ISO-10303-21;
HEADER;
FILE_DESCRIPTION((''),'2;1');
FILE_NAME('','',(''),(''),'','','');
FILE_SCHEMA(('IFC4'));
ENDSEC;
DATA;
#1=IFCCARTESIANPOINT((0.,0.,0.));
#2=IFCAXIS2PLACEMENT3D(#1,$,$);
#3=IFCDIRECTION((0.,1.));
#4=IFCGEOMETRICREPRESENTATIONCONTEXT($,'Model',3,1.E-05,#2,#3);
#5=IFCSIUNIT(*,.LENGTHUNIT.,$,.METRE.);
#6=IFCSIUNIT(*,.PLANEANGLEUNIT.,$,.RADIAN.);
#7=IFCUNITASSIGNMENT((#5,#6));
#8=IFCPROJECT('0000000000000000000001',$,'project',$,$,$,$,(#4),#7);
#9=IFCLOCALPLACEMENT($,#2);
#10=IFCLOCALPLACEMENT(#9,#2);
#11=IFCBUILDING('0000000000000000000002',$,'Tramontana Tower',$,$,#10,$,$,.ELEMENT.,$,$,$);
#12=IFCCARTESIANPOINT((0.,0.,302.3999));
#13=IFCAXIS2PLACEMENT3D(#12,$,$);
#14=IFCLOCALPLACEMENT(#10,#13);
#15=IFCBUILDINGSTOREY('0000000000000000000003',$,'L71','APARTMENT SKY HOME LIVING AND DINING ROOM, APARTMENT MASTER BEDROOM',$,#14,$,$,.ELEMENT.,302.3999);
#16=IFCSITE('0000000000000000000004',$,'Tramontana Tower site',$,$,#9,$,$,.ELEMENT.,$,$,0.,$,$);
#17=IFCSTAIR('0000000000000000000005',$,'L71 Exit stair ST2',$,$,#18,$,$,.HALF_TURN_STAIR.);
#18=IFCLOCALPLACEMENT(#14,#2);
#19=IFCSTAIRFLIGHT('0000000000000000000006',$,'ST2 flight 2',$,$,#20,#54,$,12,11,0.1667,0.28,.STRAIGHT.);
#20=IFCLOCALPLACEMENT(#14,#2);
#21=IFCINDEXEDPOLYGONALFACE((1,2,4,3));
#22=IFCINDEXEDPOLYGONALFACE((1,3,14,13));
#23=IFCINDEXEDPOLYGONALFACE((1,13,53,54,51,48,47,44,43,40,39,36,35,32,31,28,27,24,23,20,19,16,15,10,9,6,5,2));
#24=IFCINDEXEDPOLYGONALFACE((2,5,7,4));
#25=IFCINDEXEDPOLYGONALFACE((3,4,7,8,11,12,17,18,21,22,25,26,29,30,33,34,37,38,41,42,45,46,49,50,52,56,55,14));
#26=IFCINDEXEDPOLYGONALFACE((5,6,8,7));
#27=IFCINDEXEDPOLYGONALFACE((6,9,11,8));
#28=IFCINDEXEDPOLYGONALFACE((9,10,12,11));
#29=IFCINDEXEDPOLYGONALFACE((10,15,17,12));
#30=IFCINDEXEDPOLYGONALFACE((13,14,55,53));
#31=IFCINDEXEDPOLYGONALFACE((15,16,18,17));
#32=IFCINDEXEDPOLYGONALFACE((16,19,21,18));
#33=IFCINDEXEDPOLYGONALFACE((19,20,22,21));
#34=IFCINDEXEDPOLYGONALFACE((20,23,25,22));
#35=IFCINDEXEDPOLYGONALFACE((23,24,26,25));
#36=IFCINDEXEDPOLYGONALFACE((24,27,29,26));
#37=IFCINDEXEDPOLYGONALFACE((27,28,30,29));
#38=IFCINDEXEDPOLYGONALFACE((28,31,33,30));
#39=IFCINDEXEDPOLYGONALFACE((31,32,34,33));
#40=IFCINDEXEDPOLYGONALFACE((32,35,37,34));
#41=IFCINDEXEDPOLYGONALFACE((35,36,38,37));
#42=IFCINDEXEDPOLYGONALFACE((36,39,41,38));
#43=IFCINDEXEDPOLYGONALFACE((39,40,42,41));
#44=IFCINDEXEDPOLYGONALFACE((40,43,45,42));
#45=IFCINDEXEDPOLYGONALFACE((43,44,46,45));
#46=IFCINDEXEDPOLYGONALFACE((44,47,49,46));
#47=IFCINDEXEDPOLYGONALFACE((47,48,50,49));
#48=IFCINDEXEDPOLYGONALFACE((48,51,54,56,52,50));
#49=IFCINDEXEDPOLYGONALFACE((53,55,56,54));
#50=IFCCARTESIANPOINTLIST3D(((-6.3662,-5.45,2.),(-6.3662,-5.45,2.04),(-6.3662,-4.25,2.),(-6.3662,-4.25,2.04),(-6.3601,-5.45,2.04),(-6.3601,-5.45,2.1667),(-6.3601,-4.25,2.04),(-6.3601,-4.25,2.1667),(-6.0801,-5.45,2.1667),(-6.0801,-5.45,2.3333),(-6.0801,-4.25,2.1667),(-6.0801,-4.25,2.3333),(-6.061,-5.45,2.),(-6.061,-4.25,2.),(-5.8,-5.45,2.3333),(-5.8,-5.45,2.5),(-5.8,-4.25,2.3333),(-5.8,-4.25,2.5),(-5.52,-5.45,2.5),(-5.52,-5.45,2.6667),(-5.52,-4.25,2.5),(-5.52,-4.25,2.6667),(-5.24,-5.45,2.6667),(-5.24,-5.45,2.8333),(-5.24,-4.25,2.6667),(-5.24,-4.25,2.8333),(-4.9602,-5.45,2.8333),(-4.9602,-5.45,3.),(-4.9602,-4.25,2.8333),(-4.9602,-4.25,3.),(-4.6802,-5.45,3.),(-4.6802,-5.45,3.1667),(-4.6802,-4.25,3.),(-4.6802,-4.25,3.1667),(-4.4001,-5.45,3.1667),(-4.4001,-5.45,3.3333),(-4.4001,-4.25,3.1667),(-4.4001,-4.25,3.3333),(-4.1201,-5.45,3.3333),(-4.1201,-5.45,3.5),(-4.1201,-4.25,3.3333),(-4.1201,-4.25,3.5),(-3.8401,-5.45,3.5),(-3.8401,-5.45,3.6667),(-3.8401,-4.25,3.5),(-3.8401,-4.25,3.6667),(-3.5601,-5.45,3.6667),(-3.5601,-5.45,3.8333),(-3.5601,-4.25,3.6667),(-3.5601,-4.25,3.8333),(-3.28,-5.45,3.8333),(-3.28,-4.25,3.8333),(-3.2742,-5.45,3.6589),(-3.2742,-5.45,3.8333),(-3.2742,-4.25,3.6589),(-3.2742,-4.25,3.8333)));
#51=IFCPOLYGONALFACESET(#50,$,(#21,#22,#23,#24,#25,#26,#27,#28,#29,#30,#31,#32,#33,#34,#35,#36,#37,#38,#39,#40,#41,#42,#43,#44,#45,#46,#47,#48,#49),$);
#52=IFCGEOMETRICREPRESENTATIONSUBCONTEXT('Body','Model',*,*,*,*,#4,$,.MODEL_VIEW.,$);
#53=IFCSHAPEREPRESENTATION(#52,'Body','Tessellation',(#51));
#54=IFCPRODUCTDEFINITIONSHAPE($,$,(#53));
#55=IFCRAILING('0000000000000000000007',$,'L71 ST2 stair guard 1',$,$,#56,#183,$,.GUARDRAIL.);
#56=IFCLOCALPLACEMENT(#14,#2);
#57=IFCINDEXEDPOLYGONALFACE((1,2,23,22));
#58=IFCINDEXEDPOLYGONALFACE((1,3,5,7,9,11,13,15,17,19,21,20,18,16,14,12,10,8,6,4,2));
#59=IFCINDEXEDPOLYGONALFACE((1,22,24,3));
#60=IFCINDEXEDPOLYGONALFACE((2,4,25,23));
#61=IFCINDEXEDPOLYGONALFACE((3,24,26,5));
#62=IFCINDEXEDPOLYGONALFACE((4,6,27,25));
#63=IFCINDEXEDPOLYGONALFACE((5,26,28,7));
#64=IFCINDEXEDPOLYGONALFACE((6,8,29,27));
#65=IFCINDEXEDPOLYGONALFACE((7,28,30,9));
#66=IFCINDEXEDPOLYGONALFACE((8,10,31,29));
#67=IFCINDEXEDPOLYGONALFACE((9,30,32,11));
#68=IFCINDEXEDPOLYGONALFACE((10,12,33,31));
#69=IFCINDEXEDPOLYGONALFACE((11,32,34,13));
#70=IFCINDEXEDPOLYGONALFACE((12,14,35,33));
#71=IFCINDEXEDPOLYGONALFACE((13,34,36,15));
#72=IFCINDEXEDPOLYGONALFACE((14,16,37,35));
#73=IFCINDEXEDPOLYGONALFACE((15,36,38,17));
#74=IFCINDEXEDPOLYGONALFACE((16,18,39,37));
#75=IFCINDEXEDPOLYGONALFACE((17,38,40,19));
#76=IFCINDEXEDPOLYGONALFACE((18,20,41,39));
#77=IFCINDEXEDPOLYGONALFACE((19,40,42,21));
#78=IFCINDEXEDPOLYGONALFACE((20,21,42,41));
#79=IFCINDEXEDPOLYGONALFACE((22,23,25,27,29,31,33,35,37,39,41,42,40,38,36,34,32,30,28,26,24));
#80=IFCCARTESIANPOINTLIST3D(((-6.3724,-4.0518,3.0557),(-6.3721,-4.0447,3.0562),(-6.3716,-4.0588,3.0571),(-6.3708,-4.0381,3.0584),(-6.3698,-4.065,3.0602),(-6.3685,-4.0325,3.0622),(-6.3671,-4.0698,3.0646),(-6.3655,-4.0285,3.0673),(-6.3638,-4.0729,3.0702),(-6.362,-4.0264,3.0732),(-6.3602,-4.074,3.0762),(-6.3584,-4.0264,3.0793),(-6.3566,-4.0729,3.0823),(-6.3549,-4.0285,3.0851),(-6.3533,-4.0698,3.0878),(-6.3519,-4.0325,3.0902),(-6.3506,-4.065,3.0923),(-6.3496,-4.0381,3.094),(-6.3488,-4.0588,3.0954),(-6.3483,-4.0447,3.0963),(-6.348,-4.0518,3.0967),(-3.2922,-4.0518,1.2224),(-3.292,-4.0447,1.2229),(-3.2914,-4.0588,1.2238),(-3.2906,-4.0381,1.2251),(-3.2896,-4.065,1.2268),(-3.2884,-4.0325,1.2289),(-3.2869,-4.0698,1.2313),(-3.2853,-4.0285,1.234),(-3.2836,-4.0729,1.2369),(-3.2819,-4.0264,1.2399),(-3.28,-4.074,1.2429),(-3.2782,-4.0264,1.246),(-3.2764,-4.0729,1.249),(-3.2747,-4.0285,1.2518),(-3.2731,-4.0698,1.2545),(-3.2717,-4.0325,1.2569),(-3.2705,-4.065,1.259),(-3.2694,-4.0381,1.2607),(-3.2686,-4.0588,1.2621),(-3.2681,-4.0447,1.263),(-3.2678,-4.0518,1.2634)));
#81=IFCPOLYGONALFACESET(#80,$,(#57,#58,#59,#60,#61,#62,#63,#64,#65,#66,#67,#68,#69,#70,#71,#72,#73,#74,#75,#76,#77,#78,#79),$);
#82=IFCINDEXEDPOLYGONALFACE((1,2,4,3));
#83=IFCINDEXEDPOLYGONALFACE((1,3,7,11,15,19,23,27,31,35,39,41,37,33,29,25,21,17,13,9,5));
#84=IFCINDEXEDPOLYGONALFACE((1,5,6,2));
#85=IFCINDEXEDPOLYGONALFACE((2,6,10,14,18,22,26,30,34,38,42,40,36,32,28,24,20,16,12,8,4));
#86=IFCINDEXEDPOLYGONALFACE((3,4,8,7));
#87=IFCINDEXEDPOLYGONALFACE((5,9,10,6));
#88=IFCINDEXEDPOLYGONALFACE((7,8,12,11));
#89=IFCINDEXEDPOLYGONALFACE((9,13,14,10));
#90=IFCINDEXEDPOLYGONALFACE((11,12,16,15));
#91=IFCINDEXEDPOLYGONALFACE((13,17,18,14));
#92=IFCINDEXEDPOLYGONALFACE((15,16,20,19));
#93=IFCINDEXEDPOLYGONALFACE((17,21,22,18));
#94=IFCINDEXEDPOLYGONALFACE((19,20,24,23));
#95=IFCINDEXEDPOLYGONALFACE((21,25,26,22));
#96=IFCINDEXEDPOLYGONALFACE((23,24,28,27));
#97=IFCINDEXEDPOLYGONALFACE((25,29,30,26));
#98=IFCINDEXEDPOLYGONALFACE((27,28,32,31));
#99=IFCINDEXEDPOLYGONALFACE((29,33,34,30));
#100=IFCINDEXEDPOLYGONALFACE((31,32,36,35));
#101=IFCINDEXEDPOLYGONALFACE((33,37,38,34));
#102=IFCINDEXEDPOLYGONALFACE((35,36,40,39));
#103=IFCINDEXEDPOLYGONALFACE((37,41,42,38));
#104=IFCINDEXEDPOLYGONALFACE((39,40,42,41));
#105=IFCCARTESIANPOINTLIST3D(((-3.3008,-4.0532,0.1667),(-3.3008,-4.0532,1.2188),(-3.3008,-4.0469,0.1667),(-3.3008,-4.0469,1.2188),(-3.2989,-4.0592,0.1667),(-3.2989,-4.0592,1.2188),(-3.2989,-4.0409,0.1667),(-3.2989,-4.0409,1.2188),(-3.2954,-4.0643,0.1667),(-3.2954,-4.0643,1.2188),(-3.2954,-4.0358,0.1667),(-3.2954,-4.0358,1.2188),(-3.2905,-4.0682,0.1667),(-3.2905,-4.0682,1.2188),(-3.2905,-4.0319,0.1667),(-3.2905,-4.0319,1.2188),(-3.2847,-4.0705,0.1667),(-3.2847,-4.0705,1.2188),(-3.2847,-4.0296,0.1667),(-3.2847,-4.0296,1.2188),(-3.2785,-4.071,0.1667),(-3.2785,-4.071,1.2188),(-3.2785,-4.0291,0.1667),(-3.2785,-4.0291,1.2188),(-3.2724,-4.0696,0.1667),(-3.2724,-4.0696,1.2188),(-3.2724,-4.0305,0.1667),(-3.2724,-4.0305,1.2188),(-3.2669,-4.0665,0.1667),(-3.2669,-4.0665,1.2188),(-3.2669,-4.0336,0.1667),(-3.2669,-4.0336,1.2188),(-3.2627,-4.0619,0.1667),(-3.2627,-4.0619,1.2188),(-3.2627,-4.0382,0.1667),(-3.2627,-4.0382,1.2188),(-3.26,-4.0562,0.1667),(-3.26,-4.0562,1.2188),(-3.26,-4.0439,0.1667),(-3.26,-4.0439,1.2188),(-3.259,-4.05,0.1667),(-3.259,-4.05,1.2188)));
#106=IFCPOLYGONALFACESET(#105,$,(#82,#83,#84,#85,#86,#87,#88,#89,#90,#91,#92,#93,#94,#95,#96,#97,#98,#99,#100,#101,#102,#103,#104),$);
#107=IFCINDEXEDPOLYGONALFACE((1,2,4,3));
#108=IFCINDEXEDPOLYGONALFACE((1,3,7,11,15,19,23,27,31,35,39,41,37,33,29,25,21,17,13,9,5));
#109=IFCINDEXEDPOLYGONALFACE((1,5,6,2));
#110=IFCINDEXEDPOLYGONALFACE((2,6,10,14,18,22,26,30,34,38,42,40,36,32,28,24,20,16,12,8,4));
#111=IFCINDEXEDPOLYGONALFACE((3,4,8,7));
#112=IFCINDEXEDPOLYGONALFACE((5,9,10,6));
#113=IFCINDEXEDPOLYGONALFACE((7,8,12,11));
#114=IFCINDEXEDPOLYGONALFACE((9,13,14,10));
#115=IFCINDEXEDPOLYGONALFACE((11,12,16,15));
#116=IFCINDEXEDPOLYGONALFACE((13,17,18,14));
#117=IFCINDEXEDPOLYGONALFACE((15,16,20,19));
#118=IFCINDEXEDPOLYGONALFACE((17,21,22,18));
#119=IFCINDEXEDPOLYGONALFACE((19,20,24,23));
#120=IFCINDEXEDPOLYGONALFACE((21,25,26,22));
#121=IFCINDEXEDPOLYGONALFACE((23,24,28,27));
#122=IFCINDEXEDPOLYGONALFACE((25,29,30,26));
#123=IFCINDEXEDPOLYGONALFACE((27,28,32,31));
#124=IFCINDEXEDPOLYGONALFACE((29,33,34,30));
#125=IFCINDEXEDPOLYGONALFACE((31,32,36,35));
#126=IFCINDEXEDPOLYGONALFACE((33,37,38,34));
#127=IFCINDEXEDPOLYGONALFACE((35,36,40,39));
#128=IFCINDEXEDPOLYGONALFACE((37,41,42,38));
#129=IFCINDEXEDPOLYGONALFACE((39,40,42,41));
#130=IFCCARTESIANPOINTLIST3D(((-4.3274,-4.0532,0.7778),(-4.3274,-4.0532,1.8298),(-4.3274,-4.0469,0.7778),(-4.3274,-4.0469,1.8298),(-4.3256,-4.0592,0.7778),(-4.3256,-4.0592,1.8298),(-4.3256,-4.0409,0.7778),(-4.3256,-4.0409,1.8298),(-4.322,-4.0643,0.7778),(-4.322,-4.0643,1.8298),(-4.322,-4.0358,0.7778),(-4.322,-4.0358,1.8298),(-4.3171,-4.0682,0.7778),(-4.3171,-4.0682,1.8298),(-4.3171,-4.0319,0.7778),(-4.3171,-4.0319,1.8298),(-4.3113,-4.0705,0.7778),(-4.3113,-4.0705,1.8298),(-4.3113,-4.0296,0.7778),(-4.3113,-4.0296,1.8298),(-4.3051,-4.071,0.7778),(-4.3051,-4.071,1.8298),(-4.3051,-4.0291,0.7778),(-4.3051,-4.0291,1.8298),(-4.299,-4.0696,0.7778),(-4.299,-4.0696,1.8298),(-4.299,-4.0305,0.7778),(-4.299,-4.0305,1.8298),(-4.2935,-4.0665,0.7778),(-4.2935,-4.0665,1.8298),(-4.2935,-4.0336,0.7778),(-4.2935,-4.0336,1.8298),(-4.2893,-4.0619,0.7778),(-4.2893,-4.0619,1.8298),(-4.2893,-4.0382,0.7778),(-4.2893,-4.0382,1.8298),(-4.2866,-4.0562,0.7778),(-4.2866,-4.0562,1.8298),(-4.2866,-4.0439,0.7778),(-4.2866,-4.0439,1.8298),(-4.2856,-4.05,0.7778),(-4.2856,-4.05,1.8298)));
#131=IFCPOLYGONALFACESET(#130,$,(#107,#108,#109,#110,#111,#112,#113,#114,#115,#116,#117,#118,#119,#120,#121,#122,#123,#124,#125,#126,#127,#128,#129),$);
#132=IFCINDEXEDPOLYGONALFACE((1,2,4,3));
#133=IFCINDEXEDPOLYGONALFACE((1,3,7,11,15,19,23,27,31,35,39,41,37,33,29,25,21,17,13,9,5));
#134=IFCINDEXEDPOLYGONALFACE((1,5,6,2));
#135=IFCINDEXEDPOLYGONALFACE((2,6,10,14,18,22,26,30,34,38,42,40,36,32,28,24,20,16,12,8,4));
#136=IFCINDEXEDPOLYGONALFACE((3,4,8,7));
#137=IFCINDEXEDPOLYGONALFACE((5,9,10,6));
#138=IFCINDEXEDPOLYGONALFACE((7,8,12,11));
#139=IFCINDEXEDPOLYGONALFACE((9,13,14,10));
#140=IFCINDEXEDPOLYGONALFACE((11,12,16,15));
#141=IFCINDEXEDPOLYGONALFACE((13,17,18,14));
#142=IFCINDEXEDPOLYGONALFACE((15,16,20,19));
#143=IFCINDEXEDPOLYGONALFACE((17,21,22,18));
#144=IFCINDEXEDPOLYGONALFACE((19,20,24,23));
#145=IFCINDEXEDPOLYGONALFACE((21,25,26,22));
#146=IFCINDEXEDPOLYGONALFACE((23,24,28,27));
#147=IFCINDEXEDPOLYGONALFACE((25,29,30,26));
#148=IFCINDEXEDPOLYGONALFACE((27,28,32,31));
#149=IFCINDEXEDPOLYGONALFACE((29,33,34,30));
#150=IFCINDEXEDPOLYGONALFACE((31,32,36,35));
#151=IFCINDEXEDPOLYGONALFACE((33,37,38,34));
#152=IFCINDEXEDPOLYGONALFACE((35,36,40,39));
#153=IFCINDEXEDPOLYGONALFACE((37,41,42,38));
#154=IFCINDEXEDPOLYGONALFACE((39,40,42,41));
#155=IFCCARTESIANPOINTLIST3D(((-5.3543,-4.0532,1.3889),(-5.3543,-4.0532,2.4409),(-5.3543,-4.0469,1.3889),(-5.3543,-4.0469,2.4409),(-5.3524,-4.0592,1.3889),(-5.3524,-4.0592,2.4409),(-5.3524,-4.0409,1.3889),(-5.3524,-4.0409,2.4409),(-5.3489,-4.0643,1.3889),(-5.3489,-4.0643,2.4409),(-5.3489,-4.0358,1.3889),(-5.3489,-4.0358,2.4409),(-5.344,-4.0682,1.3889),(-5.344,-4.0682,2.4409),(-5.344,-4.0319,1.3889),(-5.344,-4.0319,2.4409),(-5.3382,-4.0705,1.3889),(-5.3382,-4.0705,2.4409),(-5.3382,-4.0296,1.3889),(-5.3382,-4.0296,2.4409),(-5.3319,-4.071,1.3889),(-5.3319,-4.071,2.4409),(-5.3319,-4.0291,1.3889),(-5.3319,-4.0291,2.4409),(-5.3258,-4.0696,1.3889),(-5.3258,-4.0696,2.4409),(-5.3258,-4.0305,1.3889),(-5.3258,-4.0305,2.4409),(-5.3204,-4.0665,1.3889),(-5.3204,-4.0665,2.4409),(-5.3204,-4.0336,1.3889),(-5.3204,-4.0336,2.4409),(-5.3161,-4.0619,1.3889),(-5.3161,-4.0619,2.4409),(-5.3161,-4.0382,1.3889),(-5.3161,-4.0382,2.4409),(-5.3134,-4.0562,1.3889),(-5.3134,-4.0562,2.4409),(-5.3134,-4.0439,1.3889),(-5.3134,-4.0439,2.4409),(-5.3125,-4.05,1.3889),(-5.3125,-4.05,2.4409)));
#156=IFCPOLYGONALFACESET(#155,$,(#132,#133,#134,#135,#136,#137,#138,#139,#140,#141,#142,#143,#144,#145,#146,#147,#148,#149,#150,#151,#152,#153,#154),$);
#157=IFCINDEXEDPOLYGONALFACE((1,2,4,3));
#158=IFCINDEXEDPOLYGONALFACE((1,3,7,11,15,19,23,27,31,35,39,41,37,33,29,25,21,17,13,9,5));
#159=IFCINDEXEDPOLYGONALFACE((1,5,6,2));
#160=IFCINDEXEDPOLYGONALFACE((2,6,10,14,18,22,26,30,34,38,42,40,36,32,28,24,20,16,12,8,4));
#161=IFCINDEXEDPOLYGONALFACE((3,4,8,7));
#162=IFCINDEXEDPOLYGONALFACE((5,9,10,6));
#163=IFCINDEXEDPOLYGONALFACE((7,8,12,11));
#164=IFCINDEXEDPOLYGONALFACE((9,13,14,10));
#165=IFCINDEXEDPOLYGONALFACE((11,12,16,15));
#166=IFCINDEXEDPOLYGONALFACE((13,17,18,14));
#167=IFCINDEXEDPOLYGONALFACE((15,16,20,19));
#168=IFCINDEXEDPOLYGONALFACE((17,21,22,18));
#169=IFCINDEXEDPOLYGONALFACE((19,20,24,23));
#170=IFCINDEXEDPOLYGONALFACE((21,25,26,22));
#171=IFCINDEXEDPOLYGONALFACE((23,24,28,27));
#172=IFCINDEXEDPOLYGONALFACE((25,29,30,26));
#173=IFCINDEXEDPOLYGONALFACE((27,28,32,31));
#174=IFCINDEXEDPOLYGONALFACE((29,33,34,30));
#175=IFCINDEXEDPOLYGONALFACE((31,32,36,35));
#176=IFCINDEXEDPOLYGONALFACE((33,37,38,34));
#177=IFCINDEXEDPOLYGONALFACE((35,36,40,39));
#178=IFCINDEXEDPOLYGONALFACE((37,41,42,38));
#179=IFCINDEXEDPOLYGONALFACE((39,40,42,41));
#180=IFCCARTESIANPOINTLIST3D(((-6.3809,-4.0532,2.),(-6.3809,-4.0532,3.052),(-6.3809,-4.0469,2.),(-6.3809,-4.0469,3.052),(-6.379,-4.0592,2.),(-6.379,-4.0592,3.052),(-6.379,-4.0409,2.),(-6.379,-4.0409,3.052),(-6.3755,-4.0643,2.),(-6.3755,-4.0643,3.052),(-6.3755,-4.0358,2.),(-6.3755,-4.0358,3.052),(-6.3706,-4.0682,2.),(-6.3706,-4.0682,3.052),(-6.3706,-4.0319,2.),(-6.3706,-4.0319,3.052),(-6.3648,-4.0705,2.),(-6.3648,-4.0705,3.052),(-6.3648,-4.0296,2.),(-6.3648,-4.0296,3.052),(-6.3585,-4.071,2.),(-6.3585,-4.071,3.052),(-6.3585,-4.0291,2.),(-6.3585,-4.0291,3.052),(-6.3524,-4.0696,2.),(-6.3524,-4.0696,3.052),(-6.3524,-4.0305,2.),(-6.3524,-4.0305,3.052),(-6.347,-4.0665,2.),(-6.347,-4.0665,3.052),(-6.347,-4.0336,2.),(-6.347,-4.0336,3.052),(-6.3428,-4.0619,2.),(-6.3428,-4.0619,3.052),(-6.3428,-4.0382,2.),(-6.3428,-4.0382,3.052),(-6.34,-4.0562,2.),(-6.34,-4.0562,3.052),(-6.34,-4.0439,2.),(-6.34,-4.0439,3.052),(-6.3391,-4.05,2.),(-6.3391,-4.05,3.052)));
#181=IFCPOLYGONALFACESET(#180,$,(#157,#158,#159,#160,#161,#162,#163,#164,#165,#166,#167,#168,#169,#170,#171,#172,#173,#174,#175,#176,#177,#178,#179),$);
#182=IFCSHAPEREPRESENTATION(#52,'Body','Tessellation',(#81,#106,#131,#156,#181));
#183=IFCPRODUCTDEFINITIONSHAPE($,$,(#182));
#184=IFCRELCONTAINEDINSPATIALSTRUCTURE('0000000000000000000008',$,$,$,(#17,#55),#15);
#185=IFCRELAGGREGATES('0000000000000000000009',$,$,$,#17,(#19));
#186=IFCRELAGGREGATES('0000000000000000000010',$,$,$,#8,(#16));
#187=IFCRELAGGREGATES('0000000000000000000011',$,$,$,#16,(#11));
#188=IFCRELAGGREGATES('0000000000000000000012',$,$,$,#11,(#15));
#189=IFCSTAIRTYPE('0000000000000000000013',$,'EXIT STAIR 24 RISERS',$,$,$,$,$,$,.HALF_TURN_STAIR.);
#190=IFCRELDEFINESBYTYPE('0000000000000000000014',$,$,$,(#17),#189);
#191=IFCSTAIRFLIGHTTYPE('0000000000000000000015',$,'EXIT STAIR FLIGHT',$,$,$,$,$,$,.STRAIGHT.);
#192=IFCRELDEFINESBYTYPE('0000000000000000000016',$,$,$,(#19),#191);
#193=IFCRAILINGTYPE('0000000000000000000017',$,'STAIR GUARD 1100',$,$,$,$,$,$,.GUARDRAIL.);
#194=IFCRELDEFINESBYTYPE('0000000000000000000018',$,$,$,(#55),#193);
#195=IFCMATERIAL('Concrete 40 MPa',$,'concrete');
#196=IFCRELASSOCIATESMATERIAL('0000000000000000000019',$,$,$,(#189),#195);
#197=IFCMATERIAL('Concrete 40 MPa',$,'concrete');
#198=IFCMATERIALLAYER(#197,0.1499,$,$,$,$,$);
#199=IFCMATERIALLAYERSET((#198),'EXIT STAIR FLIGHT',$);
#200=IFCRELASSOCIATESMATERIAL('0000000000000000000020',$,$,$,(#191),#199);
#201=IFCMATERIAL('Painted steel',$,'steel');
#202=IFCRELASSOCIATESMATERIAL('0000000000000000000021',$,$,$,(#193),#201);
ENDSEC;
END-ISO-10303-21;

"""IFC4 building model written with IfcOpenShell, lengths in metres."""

from ifc_helpers import new_model, si_unit, direction, frame, origin, origin_2d, place, context, subcontext, project, spatial, polyline, circle, outline, extrude, material, layer, layer_set, type_object, element, aggregate, save


model = new_model("IFC4")

# Units and contexts
model_context = context("Model", 3, precision=1e-05, world=origin(), true_north=direction((0.0, 1.0)))
body_context = subcontext(model_context, "Body", "Model", "MODEL_VIEW")
ifc_project = project(units=[si_unit("LENGTHUNIT", "METRE"), si_unit("PLANEANGLEUNIT", "RADIAN")], contexts=[model_context])

# Site, building, storey
site_placement = place(None, origin())
site = spatial("IfcSite", under=ifc_project, at=site_placement, Name="Tramontana Tower site", CompositionType="ELEMENT", RefElevation=0.0)
building_placement = place(site_placement, origin())
building = spatial("IfcBuilding", under=site, at=building_placement, Name="Tramontana Tower", CompositionType="ELEMENT")
storey_placement = place(building_placement, frame((0.0, 0.0, 302.3999)))
storey = spatial("IfcBuildingStorey", under=building, at=storey_placement, Name="L71", Description="APARTMENT SKY HOME LIVING AND DINING ROOM, APARTMENT MASTER BEDROOM", CompositionType="ELEMENT", Elevation=302.3999)

# Stair, stair flight
ifc_material_1 = material(Name="Concrete 40 MPa", Category="concrete")
stair_type = type_object("IfcStairType", Name="EXIT STAIR 24 RISERS", PredefinedType="HALF_TURN_STAIR", material=ifc_material_1)
stair_placement = place(storey_placement, origin())
stair = element("IfcStair", 1, at=stair_placement, inside=storey, type_object=stair_type, Name="L71 Exit stair ST2", PredefinedType="HALF_TURN_STAIR")
ifc_material_2 = material(Name="Concrete 40 MPa", Category="concrete")
ifc_layer_1 = layer(ifc_material_2, 0.1499)
ifc_layer_set_1 = layer_set([ifc_layer_1], Name="EXIT STAIR FLIGHT")
stair_flight_type = type_object("IfcStairFlightType", Name="EXIT STAIR FLIGHT", PredefinedType="STRAIGHT", material=ifc_layer_set_1)
stair_flight_1_placement = place(storey_placement, frame((-6.3601, -4.8501, 2.0), z_axis=(0.0, 0.0, 1.0), x_axis=(1.0, 0.0, 0.0)))
stair_flight_1 = element("IfcStairFlight", 2, at=stair_flight_1_placement, type_object=stair_flight_type, Name="ST2 flight 2", NumberOfRisers=12, NumberOfTreads=11, PredefinedType="STRAIGHT", RiserHeight=0.1667, TreadLength=0.28, context=body_context, shape_type="SweptSolid", body=[
    extrude(outline(polyline([(-0.0061, 0.0), (-0.0061, 0.04), (0.0, 0.04), (0.0, 0.1667), (0.28, 0.1667), (0.28, 0.3333), (0.5601, 0.3333), (0.5601, 0.5), (0.8401, 0.5), (0.8401, 0.6667), (1.1201, 0.6667), (1.1201, 0.8333), (1.3999, 0.8333), (1.3999, 1.0), (1.6799, 1.0), (1.6799, 1.1667), (1.96, 1.1667), (1.96, 1.3333), (2.24, 1.3333), (2.24, 1.5), (2.52, 1.5), (2.52, 1.6667), (2.8, 1.6667), (2.8, 1.8333), (3.0801, 1.8333), (3.0859, 1.8333), (3.0859, 1.6589), (0.2991, 0.0), (-0.0061, 0.0)])), frame((0.0, 0.6001, 0.0), z_axis=(0.0, -1.0, 0.0), x_axis=(1.0, 0.0, 0.0)), (0.0, 0.0, 1.0), 1.2),
])
aggregate(stair, [stair_flight_1])

# Railing
ifc_material_3 = material(Name="Painted steel", Category="steel")
railing_type_1 = type_object("IfcRailingType", Name="STAIR GUARD 1100", PredefinedType="GUARDRAIL", material=ifc_material_3)
railing_1_placement = place(storey_placement, frame((-3.28, -4.05, 0.1667)))
element("IfcRailing", 3, at=railing_1_placement, inside=storey, type_object=railing_type_1, Name="L71 ST2 stair guard 1", PredefinedType="GUARDRAIL", context=body_context, shape_type="SweptSolid", body=[
    extrude(circle(Radius=0.0239, at=origin_2d()), frame((0.0, 0.0, 1.0762), z_axis=(-0.859309, 0.0, 0.511458), x_axis=(0.0, -1.0, 0.0)), (0.0, 0.0, 1.0), 3.5845),
    extrude(circle(Radius=0.021, at=origin_2d()), origin(), (0.0, 0.0, 1.0), 1.052),
    extrude(circle(Radius=0.021, at=origin_2d()), frame((-1.0266, 0.0, 0.6111)), (0.0, 0.0, 1.0), 1.052),
    extrude(circle(Radius=0.021, at=origin_2d()), frame((-2.0535, 0.0, 1.2222)), (0.0, 0.0, 1.0), 1.052),
    extrude(circle(Radius=0.021, at=origin_2d()), frame((-3.0801, 0.0, 1.8333)), (0.0, 0.0, 1.0), 1.052),
])

save(model, "model.ifc")
